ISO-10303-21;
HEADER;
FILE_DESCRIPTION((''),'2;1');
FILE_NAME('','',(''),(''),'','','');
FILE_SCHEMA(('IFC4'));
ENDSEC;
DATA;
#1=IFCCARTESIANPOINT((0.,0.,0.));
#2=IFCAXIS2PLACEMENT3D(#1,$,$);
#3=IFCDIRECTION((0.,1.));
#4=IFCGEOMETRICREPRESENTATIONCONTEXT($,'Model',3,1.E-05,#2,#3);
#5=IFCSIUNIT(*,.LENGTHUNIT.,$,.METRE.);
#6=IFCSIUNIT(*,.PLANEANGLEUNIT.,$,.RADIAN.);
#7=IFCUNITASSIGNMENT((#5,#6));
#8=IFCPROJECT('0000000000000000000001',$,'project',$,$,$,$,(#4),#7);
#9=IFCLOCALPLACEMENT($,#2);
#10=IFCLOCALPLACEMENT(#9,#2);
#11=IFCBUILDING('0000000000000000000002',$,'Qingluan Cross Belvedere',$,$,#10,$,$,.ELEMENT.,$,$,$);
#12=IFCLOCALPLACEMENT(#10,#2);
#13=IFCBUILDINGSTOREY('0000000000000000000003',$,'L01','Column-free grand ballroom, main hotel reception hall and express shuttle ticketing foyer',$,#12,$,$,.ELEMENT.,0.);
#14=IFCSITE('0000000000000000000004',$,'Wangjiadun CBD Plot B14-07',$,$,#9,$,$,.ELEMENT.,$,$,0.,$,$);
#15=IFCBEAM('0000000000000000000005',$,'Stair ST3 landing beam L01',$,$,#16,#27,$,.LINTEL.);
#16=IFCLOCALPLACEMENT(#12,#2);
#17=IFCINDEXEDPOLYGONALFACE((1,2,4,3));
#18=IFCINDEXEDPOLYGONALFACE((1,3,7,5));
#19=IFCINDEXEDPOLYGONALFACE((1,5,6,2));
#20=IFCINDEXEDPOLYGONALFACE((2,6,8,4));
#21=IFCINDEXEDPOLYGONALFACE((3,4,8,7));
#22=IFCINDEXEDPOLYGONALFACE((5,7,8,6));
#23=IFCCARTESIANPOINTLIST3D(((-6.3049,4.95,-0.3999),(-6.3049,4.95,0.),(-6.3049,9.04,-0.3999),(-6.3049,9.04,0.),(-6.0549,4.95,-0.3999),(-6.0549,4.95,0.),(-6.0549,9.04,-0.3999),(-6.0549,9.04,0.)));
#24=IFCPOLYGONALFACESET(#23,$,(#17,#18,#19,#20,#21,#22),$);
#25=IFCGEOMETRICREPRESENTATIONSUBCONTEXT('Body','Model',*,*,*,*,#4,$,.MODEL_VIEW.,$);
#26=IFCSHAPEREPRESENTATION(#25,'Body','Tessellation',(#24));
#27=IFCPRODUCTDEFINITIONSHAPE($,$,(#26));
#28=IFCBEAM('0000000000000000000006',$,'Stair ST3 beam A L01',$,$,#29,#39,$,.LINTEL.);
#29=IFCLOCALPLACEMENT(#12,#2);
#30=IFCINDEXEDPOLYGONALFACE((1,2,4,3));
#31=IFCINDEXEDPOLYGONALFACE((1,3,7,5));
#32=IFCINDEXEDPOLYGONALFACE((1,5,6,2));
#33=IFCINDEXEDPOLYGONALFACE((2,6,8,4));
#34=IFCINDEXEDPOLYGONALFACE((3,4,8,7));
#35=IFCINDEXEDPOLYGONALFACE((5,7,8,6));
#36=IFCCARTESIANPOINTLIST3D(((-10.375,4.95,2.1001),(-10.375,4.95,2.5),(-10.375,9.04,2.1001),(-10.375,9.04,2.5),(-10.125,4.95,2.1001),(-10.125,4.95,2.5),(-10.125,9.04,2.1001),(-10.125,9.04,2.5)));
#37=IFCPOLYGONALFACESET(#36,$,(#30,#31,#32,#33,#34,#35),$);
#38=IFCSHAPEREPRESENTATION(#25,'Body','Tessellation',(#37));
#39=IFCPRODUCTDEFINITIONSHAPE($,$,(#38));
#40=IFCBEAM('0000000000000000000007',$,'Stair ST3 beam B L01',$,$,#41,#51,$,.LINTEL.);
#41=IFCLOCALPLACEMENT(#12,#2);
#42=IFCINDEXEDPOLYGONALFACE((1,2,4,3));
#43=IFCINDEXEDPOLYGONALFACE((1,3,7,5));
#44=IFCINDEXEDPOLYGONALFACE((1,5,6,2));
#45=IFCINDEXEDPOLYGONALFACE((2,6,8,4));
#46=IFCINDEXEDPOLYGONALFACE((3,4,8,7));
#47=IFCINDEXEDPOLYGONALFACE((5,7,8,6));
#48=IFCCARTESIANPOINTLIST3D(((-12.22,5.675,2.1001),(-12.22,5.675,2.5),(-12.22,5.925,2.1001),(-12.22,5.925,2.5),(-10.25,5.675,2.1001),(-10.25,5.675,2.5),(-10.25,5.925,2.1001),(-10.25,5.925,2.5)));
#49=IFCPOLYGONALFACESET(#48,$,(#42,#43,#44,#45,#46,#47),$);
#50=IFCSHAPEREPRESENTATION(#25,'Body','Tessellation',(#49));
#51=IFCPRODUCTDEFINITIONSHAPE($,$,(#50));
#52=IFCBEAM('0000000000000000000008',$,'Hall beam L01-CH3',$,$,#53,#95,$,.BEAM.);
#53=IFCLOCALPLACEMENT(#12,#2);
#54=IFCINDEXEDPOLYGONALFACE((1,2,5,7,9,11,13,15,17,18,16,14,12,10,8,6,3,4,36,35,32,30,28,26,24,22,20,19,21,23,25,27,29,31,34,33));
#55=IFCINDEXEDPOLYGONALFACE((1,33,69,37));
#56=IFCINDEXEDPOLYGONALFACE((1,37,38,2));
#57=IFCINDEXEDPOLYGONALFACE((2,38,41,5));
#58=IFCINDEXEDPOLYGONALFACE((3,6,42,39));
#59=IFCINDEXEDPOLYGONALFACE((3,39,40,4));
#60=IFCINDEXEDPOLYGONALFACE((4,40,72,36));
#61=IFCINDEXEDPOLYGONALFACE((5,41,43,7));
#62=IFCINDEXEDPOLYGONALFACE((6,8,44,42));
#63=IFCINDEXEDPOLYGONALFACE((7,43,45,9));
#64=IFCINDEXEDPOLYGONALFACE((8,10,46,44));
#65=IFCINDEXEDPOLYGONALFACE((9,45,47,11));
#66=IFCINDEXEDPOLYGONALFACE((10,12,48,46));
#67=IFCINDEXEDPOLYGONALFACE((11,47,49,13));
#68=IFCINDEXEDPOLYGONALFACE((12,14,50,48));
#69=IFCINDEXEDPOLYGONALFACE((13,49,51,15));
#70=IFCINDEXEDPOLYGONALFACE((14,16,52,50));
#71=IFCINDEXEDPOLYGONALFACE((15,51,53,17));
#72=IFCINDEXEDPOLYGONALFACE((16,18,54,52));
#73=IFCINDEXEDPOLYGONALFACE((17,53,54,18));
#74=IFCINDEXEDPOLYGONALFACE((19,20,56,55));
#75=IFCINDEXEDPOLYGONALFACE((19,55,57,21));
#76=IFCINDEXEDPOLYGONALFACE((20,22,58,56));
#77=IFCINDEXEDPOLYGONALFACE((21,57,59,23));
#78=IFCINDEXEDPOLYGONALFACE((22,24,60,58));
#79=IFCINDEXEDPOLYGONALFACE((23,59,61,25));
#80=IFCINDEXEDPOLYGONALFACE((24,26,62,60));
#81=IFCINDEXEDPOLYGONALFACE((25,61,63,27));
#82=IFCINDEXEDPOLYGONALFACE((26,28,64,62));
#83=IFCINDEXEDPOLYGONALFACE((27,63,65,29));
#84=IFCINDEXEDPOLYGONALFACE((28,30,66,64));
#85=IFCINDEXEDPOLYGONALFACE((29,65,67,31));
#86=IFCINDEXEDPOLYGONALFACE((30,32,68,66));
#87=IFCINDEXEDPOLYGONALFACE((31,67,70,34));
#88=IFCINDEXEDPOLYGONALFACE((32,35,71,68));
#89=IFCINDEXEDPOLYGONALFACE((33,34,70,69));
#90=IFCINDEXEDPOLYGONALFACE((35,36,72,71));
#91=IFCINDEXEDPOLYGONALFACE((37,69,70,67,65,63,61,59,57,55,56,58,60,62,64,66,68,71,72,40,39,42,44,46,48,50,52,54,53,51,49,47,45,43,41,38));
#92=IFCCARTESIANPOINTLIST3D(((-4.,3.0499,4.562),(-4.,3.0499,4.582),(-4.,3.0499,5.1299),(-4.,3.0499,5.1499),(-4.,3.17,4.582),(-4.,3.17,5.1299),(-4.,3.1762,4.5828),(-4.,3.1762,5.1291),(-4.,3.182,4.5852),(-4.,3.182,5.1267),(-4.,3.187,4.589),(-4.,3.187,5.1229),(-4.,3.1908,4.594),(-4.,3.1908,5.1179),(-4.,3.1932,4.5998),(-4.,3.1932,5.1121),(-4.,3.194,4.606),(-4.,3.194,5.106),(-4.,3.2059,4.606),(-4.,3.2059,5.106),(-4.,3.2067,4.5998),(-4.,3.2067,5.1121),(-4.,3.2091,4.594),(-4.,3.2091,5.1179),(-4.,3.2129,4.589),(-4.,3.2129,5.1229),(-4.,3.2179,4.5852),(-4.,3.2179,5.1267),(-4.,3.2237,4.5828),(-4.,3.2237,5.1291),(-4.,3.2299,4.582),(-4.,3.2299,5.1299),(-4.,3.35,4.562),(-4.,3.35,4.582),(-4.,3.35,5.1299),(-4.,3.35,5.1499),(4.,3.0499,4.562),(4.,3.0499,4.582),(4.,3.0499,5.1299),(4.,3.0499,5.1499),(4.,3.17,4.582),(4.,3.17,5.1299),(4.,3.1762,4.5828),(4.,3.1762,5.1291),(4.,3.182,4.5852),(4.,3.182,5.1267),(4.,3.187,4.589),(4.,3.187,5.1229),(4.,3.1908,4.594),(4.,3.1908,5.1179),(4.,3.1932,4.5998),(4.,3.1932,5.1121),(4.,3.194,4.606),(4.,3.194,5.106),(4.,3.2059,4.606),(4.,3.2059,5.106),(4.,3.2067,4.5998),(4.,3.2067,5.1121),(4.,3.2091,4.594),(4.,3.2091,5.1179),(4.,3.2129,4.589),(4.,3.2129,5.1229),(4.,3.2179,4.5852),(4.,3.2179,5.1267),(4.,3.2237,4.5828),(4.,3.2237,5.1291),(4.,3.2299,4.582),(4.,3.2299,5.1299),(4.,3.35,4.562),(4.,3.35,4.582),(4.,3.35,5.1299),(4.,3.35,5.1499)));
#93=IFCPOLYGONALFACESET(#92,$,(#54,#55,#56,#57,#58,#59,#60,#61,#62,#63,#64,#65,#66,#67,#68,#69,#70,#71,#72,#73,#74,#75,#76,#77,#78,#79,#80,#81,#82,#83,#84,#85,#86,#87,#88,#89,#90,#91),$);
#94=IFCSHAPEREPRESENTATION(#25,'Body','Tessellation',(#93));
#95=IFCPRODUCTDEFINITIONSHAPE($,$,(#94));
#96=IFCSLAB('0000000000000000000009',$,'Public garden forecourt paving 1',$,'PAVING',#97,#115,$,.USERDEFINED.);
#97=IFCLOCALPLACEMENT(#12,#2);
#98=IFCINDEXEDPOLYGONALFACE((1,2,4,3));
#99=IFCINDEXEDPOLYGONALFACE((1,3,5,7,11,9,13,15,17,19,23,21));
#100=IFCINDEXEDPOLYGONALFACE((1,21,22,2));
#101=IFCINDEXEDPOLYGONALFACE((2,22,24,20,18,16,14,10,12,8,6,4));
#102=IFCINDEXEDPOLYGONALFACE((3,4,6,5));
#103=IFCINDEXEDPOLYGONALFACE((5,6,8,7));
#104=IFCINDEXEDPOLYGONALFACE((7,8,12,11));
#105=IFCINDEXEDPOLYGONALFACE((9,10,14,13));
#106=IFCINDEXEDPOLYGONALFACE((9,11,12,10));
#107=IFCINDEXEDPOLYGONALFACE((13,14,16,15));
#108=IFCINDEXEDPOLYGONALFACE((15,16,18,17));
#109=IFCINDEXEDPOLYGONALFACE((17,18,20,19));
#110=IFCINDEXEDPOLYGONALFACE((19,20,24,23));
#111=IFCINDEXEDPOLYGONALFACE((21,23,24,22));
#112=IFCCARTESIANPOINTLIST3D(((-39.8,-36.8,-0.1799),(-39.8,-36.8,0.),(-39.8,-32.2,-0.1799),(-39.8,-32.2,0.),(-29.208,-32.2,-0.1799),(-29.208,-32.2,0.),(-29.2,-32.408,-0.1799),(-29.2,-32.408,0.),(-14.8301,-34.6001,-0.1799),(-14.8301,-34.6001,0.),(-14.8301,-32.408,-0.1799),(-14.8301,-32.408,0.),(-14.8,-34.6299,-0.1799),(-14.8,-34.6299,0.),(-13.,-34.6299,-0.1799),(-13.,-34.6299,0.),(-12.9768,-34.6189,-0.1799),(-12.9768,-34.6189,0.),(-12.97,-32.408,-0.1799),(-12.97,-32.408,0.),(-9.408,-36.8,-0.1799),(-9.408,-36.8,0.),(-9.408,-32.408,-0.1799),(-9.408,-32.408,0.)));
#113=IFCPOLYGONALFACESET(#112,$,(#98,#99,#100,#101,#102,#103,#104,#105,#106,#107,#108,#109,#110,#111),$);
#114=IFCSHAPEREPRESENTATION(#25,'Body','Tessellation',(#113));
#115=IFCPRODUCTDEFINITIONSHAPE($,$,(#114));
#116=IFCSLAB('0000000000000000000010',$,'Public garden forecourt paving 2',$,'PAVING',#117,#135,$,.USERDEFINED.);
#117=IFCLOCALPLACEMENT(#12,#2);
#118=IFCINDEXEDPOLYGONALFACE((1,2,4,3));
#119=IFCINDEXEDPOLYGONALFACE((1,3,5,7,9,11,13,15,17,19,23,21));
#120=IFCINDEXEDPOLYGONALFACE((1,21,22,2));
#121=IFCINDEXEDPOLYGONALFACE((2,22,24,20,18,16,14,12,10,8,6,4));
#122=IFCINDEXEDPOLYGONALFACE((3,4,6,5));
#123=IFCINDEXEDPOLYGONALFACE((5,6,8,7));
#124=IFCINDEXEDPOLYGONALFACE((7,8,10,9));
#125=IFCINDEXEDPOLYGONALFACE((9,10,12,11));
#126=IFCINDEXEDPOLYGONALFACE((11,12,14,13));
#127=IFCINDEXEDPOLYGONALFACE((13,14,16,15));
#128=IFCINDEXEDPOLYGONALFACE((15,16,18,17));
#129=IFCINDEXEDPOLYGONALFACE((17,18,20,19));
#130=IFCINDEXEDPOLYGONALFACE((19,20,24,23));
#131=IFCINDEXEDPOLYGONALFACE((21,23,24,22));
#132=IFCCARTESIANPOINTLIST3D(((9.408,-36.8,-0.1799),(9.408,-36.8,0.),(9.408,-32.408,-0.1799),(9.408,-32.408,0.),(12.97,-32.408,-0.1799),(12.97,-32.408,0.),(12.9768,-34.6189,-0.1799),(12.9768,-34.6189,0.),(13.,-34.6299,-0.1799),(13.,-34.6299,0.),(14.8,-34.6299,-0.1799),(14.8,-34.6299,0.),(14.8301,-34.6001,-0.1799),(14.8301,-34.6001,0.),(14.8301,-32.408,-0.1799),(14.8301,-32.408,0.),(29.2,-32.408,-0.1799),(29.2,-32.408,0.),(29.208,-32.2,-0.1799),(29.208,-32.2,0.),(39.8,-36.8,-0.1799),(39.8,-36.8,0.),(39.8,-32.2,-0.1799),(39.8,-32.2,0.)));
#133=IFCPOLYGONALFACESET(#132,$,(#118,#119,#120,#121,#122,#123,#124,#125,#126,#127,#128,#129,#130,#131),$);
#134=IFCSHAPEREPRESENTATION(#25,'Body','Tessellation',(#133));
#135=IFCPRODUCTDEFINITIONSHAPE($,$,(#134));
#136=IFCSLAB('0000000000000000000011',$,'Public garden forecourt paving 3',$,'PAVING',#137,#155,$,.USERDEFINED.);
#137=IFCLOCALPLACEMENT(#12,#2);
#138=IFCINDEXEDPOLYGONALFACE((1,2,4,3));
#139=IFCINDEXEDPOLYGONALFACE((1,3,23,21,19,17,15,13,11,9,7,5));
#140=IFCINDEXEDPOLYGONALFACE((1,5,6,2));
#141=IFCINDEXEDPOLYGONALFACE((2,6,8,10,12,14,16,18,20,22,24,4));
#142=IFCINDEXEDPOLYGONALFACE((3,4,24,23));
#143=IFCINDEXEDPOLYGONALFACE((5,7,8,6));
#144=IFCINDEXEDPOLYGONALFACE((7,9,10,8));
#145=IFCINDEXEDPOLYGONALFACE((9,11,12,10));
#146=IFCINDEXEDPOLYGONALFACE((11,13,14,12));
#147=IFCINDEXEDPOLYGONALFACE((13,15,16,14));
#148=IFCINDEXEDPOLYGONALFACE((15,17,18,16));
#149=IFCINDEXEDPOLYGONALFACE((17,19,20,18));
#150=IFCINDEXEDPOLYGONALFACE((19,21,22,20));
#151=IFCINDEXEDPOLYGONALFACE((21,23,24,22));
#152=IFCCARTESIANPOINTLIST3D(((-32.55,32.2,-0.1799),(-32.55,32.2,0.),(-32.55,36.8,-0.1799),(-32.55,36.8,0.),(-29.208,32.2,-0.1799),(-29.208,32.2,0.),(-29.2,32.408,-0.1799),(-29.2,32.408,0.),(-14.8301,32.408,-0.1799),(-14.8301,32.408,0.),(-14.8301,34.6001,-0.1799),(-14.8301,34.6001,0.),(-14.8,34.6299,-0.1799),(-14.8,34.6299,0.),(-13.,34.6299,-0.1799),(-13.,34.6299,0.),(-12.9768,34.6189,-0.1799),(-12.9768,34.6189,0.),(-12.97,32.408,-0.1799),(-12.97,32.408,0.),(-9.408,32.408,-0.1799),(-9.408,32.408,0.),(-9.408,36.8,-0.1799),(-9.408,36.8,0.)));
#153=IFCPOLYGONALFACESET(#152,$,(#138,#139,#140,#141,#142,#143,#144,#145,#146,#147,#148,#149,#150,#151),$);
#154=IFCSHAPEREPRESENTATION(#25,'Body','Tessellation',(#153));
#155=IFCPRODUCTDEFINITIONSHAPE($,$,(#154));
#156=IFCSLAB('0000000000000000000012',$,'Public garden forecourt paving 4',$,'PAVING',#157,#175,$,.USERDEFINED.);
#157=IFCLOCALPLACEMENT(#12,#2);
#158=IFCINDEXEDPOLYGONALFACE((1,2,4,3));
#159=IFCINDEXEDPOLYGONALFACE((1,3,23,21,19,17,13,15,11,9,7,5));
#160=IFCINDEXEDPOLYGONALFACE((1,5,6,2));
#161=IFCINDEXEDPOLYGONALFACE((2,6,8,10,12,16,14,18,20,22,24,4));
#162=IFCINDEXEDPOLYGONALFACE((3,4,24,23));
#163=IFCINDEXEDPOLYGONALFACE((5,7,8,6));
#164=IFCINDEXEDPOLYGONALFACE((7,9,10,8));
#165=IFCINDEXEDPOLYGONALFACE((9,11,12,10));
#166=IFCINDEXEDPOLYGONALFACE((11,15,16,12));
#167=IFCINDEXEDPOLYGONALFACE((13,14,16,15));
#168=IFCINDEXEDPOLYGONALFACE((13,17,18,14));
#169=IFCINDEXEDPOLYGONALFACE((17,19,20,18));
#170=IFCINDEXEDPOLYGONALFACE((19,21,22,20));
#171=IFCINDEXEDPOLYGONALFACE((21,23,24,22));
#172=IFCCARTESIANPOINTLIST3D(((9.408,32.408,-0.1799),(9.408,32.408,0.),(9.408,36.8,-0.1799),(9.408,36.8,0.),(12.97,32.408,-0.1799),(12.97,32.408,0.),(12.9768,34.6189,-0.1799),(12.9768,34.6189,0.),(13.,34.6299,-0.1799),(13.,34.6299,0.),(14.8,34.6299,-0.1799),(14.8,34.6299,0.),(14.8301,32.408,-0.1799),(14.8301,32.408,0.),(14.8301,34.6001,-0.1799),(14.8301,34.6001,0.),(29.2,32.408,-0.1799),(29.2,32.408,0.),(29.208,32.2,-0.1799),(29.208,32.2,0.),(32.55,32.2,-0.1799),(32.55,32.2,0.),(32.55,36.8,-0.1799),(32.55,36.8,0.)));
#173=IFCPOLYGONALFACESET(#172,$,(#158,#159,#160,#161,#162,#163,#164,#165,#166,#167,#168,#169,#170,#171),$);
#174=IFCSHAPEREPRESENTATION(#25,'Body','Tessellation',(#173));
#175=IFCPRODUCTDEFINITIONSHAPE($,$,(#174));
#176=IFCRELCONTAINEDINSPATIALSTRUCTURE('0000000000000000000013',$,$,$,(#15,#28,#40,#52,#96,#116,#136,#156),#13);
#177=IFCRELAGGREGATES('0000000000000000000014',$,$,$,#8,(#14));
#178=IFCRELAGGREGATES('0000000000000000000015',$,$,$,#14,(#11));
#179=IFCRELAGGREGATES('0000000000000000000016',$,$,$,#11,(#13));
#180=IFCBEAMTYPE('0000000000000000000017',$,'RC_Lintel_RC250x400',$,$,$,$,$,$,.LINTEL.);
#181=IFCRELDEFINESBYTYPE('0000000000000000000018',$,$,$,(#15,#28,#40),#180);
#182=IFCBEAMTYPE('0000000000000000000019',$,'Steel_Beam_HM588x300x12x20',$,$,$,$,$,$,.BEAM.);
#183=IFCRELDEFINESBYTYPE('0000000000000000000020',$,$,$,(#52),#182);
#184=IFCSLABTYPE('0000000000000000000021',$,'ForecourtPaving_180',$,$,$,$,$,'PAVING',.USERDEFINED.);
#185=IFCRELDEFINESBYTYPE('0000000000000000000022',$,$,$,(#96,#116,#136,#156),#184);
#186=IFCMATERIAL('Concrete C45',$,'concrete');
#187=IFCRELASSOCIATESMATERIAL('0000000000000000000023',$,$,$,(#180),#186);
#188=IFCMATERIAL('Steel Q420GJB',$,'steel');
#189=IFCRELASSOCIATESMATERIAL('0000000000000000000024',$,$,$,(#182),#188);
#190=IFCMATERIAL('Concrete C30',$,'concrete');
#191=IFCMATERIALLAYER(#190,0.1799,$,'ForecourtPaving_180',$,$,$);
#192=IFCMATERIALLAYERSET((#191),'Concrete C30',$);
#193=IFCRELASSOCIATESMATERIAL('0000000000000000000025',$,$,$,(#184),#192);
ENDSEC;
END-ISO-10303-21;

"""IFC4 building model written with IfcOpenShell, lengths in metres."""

from ifc_helpers import new_model, si_unit, direction, frame, origin, origin_2d, place, context, subcontext, project, spatial, polyline, rectangle, i_section, outline, extrude, material, layer, layer_set, material_profile, profile_set, type_object, element, save


model = new_model("IFC4")

# Units and contexts
model_context = context("Model", 3, precision=1e-05, world=origin(), true_north=direction((0.0, 1.0)))
body_context = subcontext(model_context, "Body", "Model", "MODEL_VIEW")
ifc_project = project(units=[si_unit("LENGTHUNIT", "METRE"), si_unit("PLANEANGLEUNIT", "RADIAN")], contexts=[model_context])

# Site, building, storey
site_placement = place(None, origin())
site = spatial("IfcSite", under=ifc_project, at=site_placement, Name="Wangjiadun CBD Plot B14-07", CompositionType="ELEMENT", RefElevation=0.0)
building_placement = place(site_placement, origin())
building = spatial("IfcBuilding", under=site, at=building_placement, Name="Qingluan Cross Belvedere", CompositionType="ELEMENT")
storey_placement = place(building_placement, origin())
storey = spatial("IfcBuildingStorey", under=building, at=storey_placement, Name="L01", Description="Column-free grand ballroom, main hotel reception hall and express shuttle ticketing foyer", CompositionType="ELEMENT", Elevation=0.0)

# Beams
ifc_material_1 = material(Name="Concrete C45", Category="concrete")
ifc_material_profile_1 = material_profile(ifc_material_1, rectangle(XDim=0.25, YDim=0.3999, at=origin_2d()), Name="RC250x400")
ifc_profile_set_1 = profile_set([ifc_material_profile_1], Name="Concrete C45")
beam_type_1 = type_object("IfcBeamType", Name="RC_Lintel_RC250x400", PredefinedType="LINTEL", material=ifc_profile_set_1)
for number, where, z_axis, x_axis, name in (
    (1, (-6.1799, 4.95, -0.2), (0.0, 1.0, 0.0), (-1.0, 0.0, 0.0), "Stair ST3 landing beam L01"),
    (2, (-10.25, 4.95, 2.3), (0.0, 1.0, 0.0), (-1.0, 0.0, 0.0), "Stair ST3 beam A L01"),
):
    element("IfcBeam", number, at=place(storey_placement, frame(where, z_axis=z_axis, x_axis=x_axis)), inside=storey, type_object=beam_type_1, Name=name, PredefinedType="LINTEL", context=body_context, shape_type="SweptSolid", body=[
        extrude(rectangle(XDim=0.25, YDim=0.3999, at=origin_2d()), origin(), (0.0, 0.0, 1.0), 4.0901),
    ])
beam_1_placement = place(storey_placement, frame((-12.22, 5.8, 2.3), z_axis=(1.0, 0.0, 0.0), x_axis=(0.0, 1.0, 0.0)))
element("IfcBeam", 3, at=beam_1_placement, inside=storey, type_object=beam_type_1, Name="Stair ST3 beam B L01", PredefinedType="LINTEL", context=body_context, shape_type="SweptSolid", body=[
    extrude(rectangle(XDim=0.25, YDim=0.3999, at=origin_2d()), origin(), (0.0, 0.0, 1.0), 1.97),
])
ifc_material_2 = material(Name="Steel Q420GJB", Category="steel")
ifc_material_profile_2 = material_profile(ifc_material_2, i_section(OverallWidth=0.3, OverallDepth=0.5879, WebThickness=0.012, FlangeThickness=0.02, FilletRadius=0.0239, at=origin_2d()), Name="HM588x300x12x20")
ifc_profile_set_2 = profile_set([ifc_material_profile_2], Name="Steel Q420GJB")
beam_type_2 = type_object("IfcBeamType", Name="Steel_Beam_HM588x300x12x20", PredefinedType="BEAM", material=ifc_profile_set_2)
beam_2_placement = place(storey_placement, frame((-4.0, 3.2, 4.856), z_axis=(1.0, 0.0, 0.0), x_axis=(0.0, 1.0, 0.0)))
element("IfcBeam", 4, at=beam_2_placement, inside=storey, type_object=beam_type_2, Name="Hall beam L01-CH3", PredefinedType="BEAM", context=body_context, shape_type="SweptSolid", body=[
    extrude(i_section(OverallWidth=0.3, OverallDepth=0.5879, WebThickness=0.012, FlangeThickness=0.02, FilletRadius=0.0239, at=origin_2d()), origin(), (0.0, 0.0, 1.0), 8.0),
])

# Slabs
ifc_material_3 = material(Name="Concrete C30", Category="concrete")
ifc_layer_1 = layer(ifc_material_3, 0.1799, Name="ForecourtPaving_180")
ifc_layer_set_1 = layer_set([ifc_layer_1], Name="Concrete C30")
slab_type = type_object("IfcSlabType", Name="ForecourtPaving_180", ElementType="PAVING", PredefinedType="USERDEFINED", material=ifc_layer_set_1)
slab_1_placement = place(storey_placement, frame((0.0, 0.0, -0.1799)))
element("IfcSlab", 5, at=slab_1_placement, inside=storey, type_object=slab_type, Name="Public garden forecourt paving 1", ObjectType="PAVING", PredefinedType="USERDEFINED", context=body_context, shape_type="SweptSolid", body=[
    extrude(outline(polyline([(-9.408, -36.8), (-9.408, -32.408), (-12.97, -32.408), (-12.9768, -34.6189), (-13.0, -34.6299), (-14.8, -34.6299), (-14.8301, -34.6001), (-14.8301, -32.408), (-29.2, -32.408), (-29.208, -32.2), (-39.8, -32.2), (-39.8, -36.8), (-9.408, -36.8)])), origin(), (0.0, 0.0, 1.0), 0.1799),
])
slab_2_placement = place(storey_placement, frame((0.0, 0.0, -0.1799)))
element("IfcSlab", 6, at=slab_2_placement, inside=storey, type_object=slab_type, Name="Public garden forecourt paving 2", ObjectType="PAVING", PredefinedType="USERDEFINED", context=body_context, shape_type="SweptSolid", body=[
    extrude(outline(polyline([(29.208, -32.2), (29.2, -32.408), (14.8301, -32.408), (14.8301, -34.6001), (14.8, -34.6299), (13.0, -34.6299), (12.9768, -34.6189), (12.97, -32.408), (9.408, -32.408), (9.408, -36.8), (39.8, -36.8), (39.8, -32.2), (29.208, -32.2)])), origin(), (0.0, 0.0, 1.0), 0.1799),
])
slab_3_placement = place(storey_placement, frame((0.0, 0.0, -0.1799)))
element("IfcSlab", 7, at=slab_3_placement, inside=storey, type_object=slab_type, Name="Public garden forecourt paving 3", ObjectType="PAVING", PredefinedType="USERDEFINED", context=body_context, shape_type="SweptSolid", body=[
    extrude(outline(polyline([(-32.55, 36.8), (-32.55, 32.2), (-29.208, 32.2), (-29.2, 32.408), (-14.8301, 32.408), (-14.8301, 34.6001), (-14.8, 34.6299), (-13.0, 34.6299), (-12.9768, 34.6189), (-12.97, 32.408), (-9.408, 32.408), (-9.408, 36.8), (-32.55, 36.8)])), origin(), (0.0, 0.0, 1.0), 0.1799),
])
slab_4_placement = place(storey_placement, frame((0.0, 0.0, -0.1799)))
element("IfcSlab", 8, at=slab_4_placement, inside=storey, type_object=slab_type, Name="Public garden forecourt paving 4", ObjectType="PAVING", PredefinedType="USERDEFINED", context=body_context, shape_type="SweptSolid", body=[
    extrude(outline(polyline([(9.408, 36.8), (9.408, 32.408), (12.97, 32.408), (12.9768, 34.6189), (13.0, 34.6299), (14.8, 34.6299), (14.8301, 34.6001), (14.8301, 32.408), (29.2, 32.408), (29.208, 32.2), (32.55, 32.2), (32.55, 36.8), (9.408, 36.8)])), origin(), (0.0, 0.0, 1.0), 0.1799),
])

save(model, "model.ifc")
